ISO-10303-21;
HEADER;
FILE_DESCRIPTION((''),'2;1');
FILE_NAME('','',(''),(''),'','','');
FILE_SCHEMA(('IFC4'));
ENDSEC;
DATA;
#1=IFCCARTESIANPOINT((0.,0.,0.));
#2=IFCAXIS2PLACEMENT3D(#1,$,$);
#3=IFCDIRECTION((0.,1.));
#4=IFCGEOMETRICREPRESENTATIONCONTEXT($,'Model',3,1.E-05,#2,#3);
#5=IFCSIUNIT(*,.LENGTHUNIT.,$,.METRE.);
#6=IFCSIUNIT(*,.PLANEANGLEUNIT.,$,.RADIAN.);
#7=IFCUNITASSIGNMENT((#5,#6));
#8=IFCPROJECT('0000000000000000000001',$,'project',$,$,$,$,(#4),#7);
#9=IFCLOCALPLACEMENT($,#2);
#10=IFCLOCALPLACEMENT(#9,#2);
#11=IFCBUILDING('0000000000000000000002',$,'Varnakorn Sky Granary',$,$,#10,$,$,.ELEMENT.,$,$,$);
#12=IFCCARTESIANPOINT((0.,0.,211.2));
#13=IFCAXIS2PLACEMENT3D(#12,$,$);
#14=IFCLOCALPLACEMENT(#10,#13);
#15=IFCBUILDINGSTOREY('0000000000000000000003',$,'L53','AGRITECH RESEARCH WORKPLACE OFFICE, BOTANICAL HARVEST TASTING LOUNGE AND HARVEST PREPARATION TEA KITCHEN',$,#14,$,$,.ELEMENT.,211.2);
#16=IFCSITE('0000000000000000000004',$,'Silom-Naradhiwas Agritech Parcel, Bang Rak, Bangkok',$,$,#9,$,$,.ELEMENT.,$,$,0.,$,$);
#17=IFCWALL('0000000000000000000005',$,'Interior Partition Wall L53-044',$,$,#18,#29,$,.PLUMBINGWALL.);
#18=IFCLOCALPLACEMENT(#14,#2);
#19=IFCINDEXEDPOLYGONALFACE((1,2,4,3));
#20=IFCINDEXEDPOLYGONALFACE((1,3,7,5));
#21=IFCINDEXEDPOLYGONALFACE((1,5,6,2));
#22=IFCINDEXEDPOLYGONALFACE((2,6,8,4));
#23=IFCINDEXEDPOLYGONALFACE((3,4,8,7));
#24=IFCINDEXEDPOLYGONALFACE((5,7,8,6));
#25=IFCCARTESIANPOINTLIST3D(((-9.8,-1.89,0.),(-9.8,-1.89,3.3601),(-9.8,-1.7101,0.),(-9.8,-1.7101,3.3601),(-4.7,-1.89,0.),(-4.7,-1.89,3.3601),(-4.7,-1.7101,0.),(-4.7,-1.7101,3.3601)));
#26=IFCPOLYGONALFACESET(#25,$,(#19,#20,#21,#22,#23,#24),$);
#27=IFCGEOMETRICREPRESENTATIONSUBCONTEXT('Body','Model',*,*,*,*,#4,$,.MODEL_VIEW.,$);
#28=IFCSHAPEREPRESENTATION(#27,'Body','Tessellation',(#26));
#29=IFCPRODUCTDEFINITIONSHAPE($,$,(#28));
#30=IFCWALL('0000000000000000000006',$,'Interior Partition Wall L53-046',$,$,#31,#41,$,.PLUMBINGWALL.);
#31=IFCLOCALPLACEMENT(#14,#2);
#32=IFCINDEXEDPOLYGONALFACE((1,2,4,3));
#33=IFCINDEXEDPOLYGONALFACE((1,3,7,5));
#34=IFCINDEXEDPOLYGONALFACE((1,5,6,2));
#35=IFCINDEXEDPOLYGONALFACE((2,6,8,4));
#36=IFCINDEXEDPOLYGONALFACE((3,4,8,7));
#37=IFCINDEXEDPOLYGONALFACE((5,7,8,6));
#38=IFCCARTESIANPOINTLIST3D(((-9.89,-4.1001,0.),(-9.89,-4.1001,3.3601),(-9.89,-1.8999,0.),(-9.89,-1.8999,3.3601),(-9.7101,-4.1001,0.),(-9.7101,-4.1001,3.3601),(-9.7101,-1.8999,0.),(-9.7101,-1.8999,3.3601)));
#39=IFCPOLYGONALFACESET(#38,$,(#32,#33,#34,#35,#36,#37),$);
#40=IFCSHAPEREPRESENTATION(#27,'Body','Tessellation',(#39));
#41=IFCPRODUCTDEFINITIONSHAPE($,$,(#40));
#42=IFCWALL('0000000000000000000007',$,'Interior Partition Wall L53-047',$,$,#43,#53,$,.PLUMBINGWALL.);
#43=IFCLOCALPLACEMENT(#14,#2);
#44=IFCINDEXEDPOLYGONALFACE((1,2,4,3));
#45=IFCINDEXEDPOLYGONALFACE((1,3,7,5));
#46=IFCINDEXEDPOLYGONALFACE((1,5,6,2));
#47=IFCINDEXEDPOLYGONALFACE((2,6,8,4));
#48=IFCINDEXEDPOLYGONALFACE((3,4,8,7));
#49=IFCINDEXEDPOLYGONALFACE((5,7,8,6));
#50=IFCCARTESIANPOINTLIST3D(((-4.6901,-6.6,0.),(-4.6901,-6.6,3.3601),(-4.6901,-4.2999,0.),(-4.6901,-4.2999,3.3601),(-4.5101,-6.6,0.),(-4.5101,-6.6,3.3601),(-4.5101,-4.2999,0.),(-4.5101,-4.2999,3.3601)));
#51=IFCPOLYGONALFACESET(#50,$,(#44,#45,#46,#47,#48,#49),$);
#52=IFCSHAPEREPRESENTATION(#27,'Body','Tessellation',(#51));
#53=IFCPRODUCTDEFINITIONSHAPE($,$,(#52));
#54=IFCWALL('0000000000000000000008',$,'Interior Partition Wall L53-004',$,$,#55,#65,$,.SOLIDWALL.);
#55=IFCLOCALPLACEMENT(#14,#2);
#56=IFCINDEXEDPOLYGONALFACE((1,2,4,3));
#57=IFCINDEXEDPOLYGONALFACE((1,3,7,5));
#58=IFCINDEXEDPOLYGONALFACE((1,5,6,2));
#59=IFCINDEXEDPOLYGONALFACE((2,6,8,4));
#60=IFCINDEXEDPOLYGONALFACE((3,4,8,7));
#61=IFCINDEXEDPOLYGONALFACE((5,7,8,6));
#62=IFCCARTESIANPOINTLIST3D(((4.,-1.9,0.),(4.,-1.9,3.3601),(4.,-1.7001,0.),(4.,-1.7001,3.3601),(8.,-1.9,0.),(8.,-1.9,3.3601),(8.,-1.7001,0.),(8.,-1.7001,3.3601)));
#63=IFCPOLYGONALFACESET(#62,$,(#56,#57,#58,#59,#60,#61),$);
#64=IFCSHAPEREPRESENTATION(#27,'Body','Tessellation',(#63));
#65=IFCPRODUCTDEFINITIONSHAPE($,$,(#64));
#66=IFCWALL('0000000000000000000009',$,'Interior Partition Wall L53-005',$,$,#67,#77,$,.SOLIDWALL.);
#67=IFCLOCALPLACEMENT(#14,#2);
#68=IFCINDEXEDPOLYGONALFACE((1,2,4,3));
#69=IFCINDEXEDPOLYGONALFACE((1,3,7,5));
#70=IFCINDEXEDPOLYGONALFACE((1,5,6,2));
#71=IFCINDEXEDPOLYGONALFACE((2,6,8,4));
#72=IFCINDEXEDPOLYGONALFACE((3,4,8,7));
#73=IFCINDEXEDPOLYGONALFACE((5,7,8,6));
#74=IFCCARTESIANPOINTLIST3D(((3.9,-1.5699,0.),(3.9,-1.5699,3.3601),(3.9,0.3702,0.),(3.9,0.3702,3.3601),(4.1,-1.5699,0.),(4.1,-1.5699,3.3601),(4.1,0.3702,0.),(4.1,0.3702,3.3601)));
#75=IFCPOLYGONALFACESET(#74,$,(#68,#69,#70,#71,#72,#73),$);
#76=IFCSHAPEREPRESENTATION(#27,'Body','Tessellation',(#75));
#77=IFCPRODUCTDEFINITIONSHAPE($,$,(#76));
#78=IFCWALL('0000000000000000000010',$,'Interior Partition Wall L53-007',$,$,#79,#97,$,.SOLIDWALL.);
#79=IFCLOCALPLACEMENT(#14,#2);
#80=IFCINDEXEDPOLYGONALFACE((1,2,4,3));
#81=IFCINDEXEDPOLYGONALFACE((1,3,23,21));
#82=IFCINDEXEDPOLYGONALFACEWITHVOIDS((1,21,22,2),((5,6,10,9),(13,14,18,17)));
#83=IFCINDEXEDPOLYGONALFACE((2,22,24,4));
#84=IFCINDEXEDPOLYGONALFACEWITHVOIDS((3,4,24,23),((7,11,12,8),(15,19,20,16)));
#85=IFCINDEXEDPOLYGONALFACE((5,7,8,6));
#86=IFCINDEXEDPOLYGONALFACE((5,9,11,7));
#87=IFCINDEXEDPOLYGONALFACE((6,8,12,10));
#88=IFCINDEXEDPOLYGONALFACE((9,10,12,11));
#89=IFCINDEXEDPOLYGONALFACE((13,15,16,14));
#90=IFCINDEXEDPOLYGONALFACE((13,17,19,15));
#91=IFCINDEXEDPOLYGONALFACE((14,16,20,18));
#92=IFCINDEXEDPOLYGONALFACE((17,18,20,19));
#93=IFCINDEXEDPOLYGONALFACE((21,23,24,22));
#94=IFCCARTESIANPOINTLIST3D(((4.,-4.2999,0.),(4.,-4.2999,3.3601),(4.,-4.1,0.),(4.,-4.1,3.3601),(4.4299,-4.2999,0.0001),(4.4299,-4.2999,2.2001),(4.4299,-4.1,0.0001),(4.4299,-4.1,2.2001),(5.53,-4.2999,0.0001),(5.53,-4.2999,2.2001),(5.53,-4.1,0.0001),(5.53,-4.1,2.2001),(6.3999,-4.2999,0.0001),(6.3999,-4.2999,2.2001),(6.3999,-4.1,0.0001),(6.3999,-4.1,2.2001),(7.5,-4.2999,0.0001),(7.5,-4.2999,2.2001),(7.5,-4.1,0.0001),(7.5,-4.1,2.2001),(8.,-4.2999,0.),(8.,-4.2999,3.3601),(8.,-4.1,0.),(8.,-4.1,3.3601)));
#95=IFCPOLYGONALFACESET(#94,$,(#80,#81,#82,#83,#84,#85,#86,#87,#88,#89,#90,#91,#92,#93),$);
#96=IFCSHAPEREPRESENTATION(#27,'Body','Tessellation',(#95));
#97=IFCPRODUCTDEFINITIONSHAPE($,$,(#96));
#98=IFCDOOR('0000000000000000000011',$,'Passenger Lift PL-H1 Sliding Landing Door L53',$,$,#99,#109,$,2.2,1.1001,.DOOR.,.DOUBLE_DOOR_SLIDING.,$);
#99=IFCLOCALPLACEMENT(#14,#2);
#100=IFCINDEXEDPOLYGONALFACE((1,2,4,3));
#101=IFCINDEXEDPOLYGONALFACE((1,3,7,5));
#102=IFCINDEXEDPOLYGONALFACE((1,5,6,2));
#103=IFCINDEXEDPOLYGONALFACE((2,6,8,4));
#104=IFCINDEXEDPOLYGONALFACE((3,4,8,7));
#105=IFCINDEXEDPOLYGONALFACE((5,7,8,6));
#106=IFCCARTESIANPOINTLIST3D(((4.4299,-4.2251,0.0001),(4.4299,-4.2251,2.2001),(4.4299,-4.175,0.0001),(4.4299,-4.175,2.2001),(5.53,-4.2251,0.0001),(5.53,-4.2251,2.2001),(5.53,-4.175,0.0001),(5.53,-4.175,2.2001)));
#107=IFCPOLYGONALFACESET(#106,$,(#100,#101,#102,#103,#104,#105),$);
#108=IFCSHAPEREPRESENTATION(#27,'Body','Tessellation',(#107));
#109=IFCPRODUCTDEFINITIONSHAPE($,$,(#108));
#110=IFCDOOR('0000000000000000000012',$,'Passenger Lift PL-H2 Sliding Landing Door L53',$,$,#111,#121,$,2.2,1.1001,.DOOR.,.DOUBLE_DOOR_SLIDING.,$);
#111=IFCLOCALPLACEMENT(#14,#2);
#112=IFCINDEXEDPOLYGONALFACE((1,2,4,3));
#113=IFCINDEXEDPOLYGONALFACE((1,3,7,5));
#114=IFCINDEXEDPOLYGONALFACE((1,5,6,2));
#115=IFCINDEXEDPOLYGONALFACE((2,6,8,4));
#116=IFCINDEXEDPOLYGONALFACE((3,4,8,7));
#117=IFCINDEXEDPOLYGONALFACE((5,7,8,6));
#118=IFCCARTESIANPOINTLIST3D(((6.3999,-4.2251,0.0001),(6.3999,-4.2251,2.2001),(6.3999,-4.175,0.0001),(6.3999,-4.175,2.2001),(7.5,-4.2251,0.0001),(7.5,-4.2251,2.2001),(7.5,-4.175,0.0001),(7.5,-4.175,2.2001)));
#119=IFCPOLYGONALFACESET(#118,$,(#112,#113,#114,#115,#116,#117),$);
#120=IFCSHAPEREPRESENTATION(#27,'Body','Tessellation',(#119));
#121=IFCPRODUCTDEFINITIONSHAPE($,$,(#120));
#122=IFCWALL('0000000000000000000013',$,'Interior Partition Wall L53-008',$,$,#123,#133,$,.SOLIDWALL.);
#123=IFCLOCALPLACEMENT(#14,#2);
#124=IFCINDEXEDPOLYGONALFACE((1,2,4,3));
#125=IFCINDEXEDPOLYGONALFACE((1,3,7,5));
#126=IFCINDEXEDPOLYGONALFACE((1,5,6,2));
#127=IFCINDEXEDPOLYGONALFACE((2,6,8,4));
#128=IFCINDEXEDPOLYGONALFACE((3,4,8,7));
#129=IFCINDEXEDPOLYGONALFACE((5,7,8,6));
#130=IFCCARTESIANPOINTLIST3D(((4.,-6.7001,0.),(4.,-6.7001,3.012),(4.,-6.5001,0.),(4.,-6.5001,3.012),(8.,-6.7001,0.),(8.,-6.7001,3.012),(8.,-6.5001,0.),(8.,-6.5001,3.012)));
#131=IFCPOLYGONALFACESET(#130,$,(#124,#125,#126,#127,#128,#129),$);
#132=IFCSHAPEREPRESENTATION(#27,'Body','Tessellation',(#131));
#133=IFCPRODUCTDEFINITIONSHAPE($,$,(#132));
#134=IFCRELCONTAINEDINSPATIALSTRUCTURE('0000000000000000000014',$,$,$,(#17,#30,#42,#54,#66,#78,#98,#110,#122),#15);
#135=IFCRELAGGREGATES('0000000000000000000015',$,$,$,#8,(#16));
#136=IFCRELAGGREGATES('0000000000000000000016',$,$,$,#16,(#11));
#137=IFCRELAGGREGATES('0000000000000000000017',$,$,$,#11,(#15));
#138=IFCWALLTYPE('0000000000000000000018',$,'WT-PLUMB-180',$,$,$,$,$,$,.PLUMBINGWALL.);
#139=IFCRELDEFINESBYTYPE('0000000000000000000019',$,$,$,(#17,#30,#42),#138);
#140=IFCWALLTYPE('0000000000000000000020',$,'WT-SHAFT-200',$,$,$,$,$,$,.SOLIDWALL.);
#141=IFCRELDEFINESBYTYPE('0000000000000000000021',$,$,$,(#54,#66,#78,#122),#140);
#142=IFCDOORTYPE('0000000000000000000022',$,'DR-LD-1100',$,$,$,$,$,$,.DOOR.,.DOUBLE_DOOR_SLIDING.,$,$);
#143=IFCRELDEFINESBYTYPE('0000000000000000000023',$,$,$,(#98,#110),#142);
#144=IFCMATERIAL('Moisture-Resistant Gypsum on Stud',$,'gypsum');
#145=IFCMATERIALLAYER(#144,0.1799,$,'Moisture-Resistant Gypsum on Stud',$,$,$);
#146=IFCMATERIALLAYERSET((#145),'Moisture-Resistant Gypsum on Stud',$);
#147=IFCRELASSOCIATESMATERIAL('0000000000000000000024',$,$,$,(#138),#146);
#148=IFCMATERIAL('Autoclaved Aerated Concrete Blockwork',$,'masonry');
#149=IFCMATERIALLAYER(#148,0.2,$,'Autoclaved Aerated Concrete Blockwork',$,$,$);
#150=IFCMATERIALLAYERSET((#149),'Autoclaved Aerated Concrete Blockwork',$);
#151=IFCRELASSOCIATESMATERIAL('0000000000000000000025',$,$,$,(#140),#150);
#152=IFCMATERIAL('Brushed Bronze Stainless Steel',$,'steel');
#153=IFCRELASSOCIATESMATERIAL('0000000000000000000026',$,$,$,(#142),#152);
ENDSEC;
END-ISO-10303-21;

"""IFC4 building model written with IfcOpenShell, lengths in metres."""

from ifc_helpers import new_model, si_unit, direction, frame, frame_2d, origin, place, context, subcontext, project, spatial, rectangle, extrude, material, layer, layer_set, type_object, element, fill, save


model = new_model("IFC4")

# Units and contexts
model_context = context("Model", 3, precision=1e-05, world=origin(), true_north=direction((0.0, 1.0)))
body_context = subcontext(model_context, "Body", "Model", "MODEL_VIEW")
ifc_project = project(units=[si_unit("LENGTHUNIT", "METRE"), si_unit("PLANEANGLEUNIT", "RADIAN")], contexts=[model_context])

# Site, building, storey
site_placement = place(None, origin())
site = spatial("IfcSite", under=ifc_project, at=site_placement, Name="Silom-Naradhiwas Agritech Parcel, Bang Rak, Bangkok", CompositionType="ELEMENT", RefElevation=0.0)
building_placement = place(site_placement, origin())
building = spatial("IfcBuilding", under=site, at=building_placement, Name="Varnakorn Sky Granary", CompositionType="ELEMENT")
storey_placement = place(building_placement, frame((0.0, 0.0, 211.2)))
storey = spatial("IfcBuildingStorey", under=building, at=storey_placement, Name="L53", Description="AGRITECH RESEARCH WORKPLACE OFFICE, BOTANICAL HARVEST TASTING LOUNGE AND HARVEST PREPARATION TEA KITCHEN", CompositionType="ELEMENT", Elevation=211.2)

# Shared definitions
ifc_material_1 = material(Name="Autoclaved Aerated Concrete Blockwork", Category="masonry")

# Walls
ifc_material_2 = material(Name="Moisture-Resistant Gypsum on Stud", Category="gypsum")
ifc_layer_1 = layer(ifc_material_2, 0.1799, Name="Moisture-Resistant Gypsum on Stud")
ifc_layer_set_1 = layer_set([ifc_layer_1], Name="Moisture-Resistant Gypsum on Stud")
wall_type_1 = type_object("IfcWallType", Name="WT-PLUMB-180", PredefinedType="PLUMBINGWALL", material=ifc_layer_set_1)
wall_1_placement = place(storey_placement, frame((-4.7, -1.8, 0.0), z_axis=(0.0, 0.0, 1.0), x_axis=(-1.0, 0.0, 0.0)))
element("IfcWall", 1, at=wall_1_placement, inside=storey, type_object=wall_type_1, Name="Interior Partition Wall L53-044", PredefinedType="PLUMBINGWALL", context=body_context, shape_type="SweptSolid", body=[
    extrude(rectangle(XDim=5.1001, YDim=0.1799, at=frame_2d((2.55, 0.0))), origin(), (0.0, 0.0, 1.0), 3.3601),
])
wall_2_placement = place(storey_placement, frame((-9.8, -1.8999, 0.0), z_axis=(0.0, 0.0, 1.0), x_axis=(0.0, -1.0, 0.0)))
element("IfcWall", 2, at=wall_2_placement, inside=storey, type_object=wall_type_1, Name="Interior Partition Wall L53-046", PredefinedType="PLUMBINGWALL", context=body_context, shape_type="SweptSolid", body=[
    extrude(rectangle(XDim=2.2002, YDim=0.1799, at=frame_2d((1.1001, 0.0))), origin(), (0.0, 0.0, 1.0), 3.3601),
])
wall_3_placement = place(storey_placement, frame((-4.6001, -4.3, 0.0), z_axis=(0.0, 0.0, 1.0), x_axis=(0.0, -1.0, 0.0)))
element("IfcWall", 3, at=wall_3_placement, inside=storey, type_object=wall_type_1, Name="Interior Partition Wall L53-047", PredefinedType="PLUMBINGWALL", context=body_context, shape_type="SweptSolid", body=[
    extrude(rectangle(XDim=2.3, YDim=0.1799, at=frame_2d((1.1499, 0.0))), origin(), (0.0, 0.0, 1.0), 3.3601),
])
ifc_layer_2 = layer(ifc_material_1, 0.2, Name="Autoclaved Aerated Concrete Blockwork")
ifc_layer_set_2 = layer_set([ifc_layer_2], Name="Autoclaved Aerated Concrete Blockwork")
wall_type_2 = type_object("IfcWallType", Name="WT-SHAFT-200", PredefinedType="SOLIDWALL", material=ifc_layer_set_2)
wall_4_placement = place(storey_placement, frame((4.0, -1.8, 0.0), z_axis=(0.0, 0.0, 1.0), x_axis=(1.0, 0.0, 0.0)))
element("IfcWall", 4, at=wall_4_placement, inside=storey, type_object=wall_type_2, Name="Interior Partition Wall L53-004", PredefinedType="SOLIDWALL", context=body_context, shape_type="SweptSolid", body=[
    extrude(rectangle(XDim=4.0, YDim=0.2, at=frame_2d((2.0, 0.0))), origin(), (0.0, 0.0, 1.0), 3.3601),
])
wall_5_placement = place(storey_placement, frame((4.0, -1.5701, 0.0), z_axis=(0.0, 0.0, 1.0), x_axis=(0.0, 1.0, 0.0)))
element("IfcWall", 5, at=wall_5_placement, inside=storey, type_object=wall_type_2, Name="Interior Partition Wall L53-005", PredefinedType="SOLIDWALL", context=body_context, shape_type="SweptSolid", body=[
    extrude(rectangle(XDim=1.9402, YDim=0.2, at=frame_2d((0.9702, 0.0))), origin(), (0.0, 0.0, 1.0), 3.3601),
])

# Wall, openings, doors
wall_6_placement = place(storey_placement, frame((4.0, -4.2, 0.0), z_axis=(0.0, 0.0, 1.0), x_axis=(1.0, 0.0, 0.0)))
wall_6 = element("IfcWall", 6, at=wall_6_placement, inside=storey, type_object=wall_type_2, Name="Interior Partition Wall L53-007", PredefinedType="SOLIDWALL", context=body_context, shape_type="SweptSolid", body=[
    extrude(rectangle(XDim=4.0, YDim=0.2, at=frame_2d((2.0, 0.0))), origin(), (0.0, 0.0, 1.0), 3.3601),
])
opening_1_placement = place(wall_6_placement, frame((0.4299, 0.0, 0.0)))
opening_1 = element("IfcOpeningElement", 7, at=opening_1_placement, cuts=wall_6, PredefinedType="OPENING", context=body_context, shape_type="SweptSolid", body=[
    extrude(rectangle(XDim=1.1001, YDim=2.2, at=frame_2d((0.55, 1.1001))), frame((0.0, 0.1099, 0.0), z_axis=(0.0, -1.0, 0.0), x_axis=(1.0, 0.0, 0.0)), (0.0, 0.0, 1.0), 0.22),
])
opening_2_placement = place(wall_6_placement, frame((2.3999, 0.0, 0.0)))
opening_2 = element("IfcOpeningElement", 8, at=opening_2_placement, cuts=wall_6, PredefinedType="OPENING", context=body_context, shape_type="SweptSolid", body=[
    extrude(rectangle(XDim=1.1001, YDim=2.2, at=frame_2d((0.55, 1.1001))), frame((0.0, 0.1099, 0.0), z_axis=(0.0, -1.0, 0.0), x_axis=(1.0, 0.0, 0.0)), (0.0, 0.0, 1.0), 0.22),
])
ifc_material_3 = material(Name="Brushed Bronze Stainless Steel", Category="steel")
door_type_1 = type_object("IfcDoorType", Name="DR-LD-1100", OperationType="DOUBLE_DOOR_SLIDING", PredefinedType="DOOR", material=ifc_material_3)
door_1_placement = place(opening_1_placement, origin())
door_1 = element("IfcDoor", 9, at=door_1_placement, inside=storey, type_object=door_type_1, Name="Passenger Lift PL-H1 Sliding Landing Door L53", OperationType="DOUBLE_DOOR_SLIDING", OverallHeight=2.2, OverallWidth=1.1001, PredefinedType="DOOR", context=body_context, shape_type="SweptSolid", body=[
    extrude(rectangle(XDim=1.1001, YDim=2.2, at=frame_2d((0.55, 1.1001))), frame((0.0, 0.0249, 0.0), z_axis=(0.0, -1.0, 0.0), x_axis=(1.0, 0.0, 0.0)), (0.0, 0.0, 1.0), 0.05),
])
fill(opening_1, door_1)
door_2_placement = place(opening_2_placement, origin())
door_2 = element("IfcDoor", 10, at=door_2_placement, inside=storey, type_object=door_type_1, Name="Passenger Lift PL-H2 Sliding Landing Door L53", OperationType="DOUBLE_DOOR_SLIDING", OverallHeight=2.2, OverallWidth=1.1001, PredefinedType="DOOR", context=body_context, shape_type="SweptSolid", body=[
    extrude(rectangle(XDim=1.1001, YDim=2.2, at=frame_2d((0.55, 1.1001))), frame((0.0, 0.0249, 0.0), z_axis=(0.0, -1.0, 0.0), x_axis=(1.0, 0.0, 0.0)), (0.0, 0.0, 1.0), 0.05),
])
fill(opening_2, door_2)

# Wall
wall_7_placement = place(storey_placement, frame((4.0, -6.6001, 0.0), z_axis=(0.0, 0.0, 1.0), x_axis=(1.0, 0.0, 0.0)))
element("IfcWall", 11, at=wall_7_placement, inside=storey, type_object=wall_type_2, Name="Interior Partition Wall L53-008", PredefinedType="SOLIDWALL", context=body_context, shape_type="SweptSolid", body=[
    extrude(rectangle(XDim=4.0, YDim=0.2, at=frame_2d((2.0, 0.0))), origin(), (0.0, 0.0, 1.0), 3.012),
])

save(model, "model.ifc")
